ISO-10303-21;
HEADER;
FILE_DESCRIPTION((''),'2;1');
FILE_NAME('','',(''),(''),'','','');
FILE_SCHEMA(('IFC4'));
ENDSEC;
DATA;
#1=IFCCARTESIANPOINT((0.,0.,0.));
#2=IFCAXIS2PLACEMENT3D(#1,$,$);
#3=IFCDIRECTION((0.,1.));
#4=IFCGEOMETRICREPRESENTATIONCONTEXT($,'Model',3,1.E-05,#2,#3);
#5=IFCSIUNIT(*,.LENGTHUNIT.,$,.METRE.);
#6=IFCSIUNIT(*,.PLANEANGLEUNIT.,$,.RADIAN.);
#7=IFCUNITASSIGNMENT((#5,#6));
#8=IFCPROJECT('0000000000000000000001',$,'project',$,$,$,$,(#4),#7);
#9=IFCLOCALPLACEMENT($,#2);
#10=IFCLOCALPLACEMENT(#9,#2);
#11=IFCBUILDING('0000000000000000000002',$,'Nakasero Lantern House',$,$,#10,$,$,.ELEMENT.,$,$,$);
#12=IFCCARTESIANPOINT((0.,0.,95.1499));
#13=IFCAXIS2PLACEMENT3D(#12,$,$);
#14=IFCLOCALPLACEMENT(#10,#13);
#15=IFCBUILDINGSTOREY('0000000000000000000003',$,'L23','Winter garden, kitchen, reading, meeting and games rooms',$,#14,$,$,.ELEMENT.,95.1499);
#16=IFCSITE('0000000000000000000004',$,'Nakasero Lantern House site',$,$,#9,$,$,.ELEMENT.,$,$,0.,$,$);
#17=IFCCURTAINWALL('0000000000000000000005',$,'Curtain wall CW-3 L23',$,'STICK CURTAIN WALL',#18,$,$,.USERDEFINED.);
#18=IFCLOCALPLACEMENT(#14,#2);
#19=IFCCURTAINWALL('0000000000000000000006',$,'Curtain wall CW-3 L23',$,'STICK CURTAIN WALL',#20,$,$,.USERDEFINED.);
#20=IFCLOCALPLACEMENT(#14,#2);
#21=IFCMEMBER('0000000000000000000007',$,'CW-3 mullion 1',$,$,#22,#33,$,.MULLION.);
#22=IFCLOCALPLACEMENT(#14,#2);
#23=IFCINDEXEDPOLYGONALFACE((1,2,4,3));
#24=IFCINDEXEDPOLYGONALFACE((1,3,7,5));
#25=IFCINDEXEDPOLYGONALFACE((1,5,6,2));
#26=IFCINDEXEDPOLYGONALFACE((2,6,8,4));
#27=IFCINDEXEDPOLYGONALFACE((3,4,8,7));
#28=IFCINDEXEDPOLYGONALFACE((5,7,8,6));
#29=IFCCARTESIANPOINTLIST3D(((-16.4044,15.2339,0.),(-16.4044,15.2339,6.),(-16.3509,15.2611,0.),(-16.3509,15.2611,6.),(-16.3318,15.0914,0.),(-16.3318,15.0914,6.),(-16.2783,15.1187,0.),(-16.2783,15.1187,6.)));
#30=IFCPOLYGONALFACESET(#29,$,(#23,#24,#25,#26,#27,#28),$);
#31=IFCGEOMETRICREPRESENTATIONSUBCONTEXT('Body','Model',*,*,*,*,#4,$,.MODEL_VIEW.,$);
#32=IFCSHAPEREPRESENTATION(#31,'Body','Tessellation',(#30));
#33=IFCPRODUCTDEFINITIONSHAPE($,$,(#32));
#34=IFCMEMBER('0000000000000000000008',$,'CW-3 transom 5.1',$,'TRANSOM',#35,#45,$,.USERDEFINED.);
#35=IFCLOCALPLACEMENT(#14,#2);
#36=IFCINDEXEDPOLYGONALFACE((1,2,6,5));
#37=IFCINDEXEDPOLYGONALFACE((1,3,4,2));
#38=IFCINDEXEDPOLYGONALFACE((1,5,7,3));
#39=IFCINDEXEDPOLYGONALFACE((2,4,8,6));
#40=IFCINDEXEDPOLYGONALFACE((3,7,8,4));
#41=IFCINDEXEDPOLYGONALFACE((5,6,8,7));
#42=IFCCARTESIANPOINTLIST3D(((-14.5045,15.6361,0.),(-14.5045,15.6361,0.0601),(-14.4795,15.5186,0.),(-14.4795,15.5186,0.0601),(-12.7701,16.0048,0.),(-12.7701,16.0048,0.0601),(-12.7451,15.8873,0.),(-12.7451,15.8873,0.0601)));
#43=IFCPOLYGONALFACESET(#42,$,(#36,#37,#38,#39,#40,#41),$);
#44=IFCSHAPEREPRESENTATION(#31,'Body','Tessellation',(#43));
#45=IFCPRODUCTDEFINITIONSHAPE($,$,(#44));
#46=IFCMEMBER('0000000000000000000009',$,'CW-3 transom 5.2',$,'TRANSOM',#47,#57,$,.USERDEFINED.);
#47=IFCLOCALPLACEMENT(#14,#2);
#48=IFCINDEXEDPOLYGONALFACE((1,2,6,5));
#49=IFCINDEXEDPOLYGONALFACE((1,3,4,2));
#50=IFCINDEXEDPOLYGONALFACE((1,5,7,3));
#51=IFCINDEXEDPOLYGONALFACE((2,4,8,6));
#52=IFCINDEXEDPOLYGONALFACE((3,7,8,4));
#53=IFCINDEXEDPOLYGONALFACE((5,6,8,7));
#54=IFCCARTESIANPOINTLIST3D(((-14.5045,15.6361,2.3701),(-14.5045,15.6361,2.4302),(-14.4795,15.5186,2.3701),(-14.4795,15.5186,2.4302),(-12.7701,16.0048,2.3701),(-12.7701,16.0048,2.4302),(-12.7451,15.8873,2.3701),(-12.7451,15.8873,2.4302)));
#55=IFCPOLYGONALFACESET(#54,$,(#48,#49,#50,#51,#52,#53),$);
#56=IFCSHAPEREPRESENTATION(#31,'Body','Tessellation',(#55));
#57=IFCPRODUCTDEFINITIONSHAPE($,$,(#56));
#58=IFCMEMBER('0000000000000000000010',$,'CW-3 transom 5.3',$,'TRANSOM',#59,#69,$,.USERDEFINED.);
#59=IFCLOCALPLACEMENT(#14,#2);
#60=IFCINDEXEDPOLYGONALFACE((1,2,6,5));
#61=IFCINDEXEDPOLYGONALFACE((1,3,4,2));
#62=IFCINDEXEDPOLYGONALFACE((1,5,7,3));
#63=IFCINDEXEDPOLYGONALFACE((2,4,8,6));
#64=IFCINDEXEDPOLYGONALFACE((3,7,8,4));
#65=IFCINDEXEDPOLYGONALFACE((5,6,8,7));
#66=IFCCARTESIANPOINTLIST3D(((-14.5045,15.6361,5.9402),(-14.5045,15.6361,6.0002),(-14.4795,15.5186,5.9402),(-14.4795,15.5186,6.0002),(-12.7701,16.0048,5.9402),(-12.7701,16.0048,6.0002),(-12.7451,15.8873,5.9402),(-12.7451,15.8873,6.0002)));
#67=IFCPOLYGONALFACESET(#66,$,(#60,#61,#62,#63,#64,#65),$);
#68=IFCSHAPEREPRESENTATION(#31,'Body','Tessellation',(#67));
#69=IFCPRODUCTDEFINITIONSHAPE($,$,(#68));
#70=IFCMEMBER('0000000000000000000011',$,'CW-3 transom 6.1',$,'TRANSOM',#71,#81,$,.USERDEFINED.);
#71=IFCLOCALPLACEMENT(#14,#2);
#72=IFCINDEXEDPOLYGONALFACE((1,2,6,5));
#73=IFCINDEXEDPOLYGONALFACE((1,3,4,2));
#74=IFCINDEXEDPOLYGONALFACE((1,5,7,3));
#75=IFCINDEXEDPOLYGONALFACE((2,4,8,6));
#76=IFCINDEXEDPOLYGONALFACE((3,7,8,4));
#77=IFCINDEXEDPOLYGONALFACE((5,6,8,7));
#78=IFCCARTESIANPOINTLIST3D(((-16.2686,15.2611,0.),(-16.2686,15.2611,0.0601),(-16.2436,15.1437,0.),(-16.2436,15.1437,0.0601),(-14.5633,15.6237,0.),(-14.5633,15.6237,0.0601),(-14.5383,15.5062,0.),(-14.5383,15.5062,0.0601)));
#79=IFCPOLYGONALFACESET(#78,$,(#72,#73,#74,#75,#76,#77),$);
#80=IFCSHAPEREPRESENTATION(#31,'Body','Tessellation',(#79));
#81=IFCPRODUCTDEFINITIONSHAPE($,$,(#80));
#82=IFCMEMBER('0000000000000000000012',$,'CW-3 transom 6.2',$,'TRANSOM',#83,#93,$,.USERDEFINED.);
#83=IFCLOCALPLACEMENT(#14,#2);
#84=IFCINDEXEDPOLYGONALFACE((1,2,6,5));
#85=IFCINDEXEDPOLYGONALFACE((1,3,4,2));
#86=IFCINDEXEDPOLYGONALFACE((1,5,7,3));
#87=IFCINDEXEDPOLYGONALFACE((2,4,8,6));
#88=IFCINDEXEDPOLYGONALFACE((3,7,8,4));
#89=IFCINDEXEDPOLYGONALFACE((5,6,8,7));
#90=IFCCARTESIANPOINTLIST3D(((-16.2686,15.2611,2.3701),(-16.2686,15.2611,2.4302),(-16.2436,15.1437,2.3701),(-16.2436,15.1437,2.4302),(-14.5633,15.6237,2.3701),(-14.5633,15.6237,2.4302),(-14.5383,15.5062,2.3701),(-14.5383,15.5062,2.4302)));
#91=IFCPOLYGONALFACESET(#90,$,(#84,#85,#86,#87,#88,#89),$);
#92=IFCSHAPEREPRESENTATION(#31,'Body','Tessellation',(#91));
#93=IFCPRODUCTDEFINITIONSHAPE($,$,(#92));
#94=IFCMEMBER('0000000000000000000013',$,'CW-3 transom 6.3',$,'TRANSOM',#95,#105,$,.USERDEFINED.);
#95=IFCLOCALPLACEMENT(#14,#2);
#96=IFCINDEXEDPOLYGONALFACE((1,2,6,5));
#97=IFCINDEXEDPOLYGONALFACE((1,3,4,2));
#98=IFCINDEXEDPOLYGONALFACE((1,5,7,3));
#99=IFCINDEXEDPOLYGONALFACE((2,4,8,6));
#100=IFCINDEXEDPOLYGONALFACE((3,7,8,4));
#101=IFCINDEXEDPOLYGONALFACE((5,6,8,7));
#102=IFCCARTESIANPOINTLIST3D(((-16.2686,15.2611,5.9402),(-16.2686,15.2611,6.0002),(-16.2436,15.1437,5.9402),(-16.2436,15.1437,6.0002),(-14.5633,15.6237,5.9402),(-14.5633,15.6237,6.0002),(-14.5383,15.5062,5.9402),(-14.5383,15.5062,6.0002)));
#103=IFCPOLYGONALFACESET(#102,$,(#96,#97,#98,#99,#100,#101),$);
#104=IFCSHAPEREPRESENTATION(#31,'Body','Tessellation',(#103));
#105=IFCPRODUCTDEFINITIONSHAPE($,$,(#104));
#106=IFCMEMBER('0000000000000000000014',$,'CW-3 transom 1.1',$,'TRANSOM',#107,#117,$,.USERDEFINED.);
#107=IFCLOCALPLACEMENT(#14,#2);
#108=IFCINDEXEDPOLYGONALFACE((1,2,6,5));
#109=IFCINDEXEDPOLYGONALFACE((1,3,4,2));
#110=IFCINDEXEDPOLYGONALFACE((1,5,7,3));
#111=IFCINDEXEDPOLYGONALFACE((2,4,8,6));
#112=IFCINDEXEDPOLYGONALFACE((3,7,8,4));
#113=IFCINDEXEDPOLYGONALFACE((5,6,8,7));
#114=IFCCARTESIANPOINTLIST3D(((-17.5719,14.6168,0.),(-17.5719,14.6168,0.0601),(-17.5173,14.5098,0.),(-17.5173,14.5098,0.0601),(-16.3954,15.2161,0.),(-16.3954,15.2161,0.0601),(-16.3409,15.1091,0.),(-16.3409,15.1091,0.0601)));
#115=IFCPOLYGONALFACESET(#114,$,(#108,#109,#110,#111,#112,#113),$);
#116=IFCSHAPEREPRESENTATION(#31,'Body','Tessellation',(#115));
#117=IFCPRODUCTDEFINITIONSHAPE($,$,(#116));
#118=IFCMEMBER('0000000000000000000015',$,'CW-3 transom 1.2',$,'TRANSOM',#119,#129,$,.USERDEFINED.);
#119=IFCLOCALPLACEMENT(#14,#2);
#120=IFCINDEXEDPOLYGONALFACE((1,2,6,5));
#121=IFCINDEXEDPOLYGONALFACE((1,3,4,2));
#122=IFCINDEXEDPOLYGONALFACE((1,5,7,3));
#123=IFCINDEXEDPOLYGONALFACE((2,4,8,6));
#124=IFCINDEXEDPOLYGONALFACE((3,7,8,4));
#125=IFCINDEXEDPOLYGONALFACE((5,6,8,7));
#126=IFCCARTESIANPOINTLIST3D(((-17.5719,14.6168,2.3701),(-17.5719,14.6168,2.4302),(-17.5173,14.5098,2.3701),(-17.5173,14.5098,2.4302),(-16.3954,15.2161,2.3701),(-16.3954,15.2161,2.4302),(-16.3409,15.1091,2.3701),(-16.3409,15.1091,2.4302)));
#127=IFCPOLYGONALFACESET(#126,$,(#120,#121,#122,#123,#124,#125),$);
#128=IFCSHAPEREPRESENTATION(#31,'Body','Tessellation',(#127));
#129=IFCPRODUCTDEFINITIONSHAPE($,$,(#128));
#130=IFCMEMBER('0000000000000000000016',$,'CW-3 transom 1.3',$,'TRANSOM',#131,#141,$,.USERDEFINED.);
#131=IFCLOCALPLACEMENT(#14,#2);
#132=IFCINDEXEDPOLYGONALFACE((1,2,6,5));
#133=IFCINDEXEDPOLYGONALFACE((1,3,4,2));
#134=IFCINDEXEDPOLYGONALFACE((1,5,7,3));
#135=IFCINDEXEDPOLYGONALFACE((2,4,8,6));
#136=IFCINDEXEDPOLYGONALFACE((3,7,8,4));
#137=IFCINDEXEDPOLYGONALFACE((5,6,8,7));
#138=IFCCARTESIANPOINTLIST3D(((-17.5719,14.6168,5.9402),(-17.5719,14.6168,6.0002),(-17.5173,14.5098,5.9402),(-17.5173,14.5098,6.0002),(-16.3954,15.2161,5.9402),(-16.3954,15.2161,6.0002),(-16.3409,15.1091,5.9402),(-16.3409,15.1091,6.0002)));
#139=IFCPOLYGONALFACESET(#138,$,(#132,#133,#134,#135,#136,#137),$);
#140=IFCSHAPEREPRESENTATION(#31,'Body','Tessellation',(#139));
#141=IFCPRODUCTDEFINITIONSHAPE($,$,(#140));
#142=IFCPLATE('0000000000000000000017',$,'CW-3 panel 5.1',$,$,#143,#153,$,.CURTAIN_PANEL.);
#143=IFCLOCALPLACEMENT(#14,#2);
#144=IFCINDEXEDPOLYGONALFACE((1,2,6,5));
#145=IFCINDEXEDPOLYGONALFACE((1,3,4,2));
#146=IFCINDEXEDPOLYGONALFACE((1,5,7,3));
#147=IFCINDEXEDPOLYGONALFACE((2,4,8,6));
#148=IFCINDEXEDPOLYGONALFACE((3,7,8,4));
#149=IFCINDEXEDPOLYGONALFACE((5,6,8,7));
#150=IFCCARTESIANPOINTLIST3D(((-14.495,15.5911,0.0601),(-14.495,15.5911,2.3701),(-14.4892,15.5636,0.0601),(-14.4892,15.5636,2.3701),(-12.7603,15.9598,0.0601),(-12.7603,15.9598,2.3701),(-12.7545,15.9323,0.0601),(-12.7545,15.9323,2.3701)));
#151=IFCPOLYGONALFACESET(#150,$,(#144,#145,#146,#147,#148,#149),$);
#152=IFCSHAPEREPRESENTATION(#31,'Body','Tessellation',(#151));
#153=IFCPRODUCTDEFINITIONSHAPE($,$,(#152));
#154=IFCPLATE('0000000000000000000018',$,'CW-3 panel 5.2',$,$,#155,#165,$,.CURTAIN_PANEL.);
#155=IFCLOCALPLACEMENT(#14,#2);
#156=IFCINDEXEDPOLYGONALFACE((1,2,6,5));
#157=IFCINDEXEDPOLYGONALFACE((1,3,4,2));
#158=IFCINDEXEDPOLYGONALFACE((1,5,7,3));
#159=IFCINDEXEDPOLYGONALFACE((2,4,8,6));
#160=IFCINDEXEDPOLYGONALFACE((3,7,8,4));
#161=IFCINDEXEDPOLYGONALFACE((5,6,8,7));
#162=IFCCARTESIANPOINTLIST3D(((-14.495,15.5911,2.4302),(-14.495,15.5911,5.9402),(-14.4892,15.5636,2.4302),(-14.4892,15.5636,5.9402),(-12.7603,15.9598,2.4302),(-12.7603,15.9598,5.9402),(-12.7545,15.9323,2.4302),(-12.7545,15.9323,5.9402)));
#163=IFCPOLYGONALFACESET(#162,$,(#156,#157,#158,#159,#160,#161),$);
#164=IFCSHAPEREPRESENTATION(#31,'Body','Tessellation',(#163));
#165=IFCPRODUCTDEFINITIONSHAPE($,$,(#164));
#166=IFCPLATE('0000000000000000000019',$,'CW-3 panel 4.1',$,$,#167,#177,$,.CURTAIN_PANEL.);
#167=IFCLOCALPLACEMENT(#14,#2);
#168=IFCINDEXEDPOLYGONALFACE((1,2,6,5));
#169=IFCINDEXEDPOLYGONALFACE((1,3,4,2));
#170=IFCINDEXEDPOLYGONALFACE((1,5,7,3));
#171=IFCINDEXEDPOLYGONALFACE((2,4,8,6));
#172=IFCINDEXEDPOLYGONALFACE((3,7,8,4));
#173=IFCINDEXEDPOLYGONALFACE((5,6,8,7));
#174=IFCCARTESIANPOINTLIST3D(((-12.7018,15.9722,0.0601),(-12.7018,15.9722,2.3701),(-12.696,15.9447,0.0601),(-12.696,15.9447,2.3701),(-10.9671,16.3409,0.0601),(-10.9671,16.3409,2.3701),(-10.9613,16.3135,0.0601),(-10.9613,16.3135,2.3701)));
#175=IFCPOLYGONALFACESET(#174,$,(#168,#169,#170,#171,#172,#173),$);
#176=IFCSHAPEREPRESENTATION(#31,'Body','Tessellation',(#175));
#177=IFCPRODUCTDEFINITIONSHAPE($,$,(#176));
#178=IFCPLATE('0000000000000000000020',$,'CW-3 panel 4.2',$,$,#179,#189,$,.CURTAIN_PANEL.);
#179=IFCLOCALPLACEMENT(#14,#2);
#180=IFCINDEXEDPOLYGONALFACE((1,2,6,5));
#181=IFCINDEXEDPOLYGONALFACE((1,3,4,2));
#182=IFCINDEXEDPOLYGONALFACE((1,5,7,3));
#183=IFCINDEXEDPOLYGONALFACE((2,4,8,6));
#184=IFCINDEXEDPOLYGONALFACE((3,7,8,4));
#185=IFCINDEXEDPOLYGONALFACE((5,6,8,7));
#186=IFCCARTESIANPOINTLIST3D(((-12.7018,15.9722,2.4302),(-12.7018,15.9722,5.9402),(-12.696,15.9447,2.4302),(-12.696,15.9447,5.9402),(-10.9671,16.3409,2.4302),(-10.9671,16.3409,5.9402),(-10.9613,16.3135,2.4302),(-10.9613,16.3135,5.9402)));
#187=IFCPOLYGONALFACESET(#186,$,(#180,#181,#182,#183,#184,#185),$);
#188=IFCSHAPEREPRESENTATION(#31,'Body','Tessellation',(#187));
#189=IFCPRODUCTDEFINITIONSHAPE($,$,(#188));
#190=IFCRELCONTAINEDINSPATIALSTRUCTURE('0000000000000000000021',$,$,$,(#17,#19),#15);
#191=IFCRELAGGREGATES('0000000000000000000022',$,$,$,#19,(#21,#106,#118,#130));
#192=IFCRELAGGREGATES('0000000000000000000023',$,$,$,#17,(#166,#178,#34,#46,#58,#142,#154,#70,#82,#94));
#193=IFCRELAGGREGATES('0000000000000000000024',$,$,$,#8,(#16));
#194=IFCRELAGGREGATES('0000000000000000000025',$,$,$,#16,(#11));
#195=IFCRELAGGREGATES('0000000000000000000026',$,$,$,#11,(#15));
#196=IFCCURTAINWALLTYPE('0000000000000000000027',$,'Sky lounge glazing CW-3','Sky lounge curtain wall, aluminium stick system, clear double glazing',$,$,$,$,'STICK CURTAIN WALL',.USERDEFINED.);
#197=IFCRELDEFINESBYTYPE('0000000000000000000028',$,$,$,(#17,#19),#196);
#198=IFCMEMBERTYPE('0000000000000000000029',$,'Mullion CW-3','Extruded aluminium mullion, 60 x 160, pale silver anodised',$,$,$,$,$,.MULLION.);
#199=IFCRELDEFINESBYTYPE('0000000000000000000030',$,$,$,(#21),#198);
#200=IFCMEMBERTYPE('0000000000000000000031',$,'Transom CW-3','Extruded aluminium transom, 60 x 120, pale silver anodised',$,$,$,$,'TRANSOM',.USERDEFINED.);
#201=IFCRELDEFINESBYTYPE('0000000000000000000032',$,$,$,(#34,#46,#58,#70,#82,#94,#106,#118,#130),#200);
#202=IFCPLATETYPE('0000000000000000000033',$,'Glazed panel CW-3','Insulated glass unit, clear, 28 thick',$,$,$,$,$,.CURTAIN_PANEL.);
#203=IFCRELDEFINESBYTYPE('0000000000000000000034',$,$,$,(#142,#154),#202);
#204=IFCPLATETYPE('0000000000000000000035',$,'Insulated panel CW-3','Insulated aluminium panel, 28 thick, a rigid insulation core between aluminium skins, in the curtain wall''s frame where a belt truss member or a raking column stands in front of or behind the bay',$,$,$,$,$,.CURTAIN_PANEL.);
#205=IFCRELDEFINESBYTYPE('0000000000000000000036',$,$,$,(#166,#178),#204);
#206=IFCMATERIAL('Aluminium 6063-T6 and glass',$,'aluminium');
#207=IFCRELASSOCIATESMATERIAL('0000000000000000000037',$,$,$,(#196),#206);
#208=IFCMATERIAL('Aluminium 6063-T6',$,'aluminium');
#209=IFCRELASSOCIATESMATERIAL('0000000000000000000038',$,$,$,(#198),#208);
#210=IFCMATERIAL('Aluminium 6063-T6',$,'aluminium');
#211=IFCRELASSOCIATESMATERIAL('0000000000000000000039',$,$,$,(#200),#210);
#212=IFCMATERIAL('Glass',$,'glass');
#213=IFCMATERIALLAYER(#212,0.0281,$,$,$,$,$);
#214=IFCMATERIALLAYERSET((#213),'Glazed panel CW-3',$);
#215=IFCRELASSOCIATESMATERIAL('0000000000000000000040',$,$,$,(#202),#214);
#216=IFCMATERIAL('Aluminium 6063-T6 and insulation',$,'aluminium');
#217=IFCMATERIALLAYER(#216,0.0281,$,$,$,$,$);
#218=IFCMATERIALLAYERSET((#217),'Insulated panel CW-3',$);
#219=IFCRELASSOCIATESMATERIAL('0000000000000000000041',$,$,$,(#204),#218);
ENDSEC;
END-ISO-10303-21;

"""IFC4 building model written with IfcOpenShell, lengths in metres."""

from ifc_helpers import new_model, si_unit, direction, frame, origin, origin_2d, place, context, subcontext, project, spatial, rectangle, extrude, material, layer, layer_set, material_profile, profile_set, type_object, element, aggregate, save


model = new_model("IFC4")

# Units and contexts
model_context = context("Model", 3, precision=1e-05, world=origin(), true_north=direction((0.0, 1.0)))
body_context = subcontext(model_context, "Body", "Model", "MODEL_VIEW")
ifc_project = project(units=[si_unit("LENGTHUNIT", "METRE"), si_unit("PLANEANGLEUNIT", "RADIAN")], contexts=[model_context])

# Site, building, storey
site_placement = place(None, origin())
site = spatial("IfcSite", under=ifc_project, at=site_placement, Name="Nakasero Lantern House site", CompositionType="ELEMENT", RefElevation=0.0)
building_placement = place(site_placement, origin())
building = spatial("IfcBuilding", under=site, at=building_placement, Name="Nakasero Lantern House", CompositionType="ELEMENT")
storey_placement = place(building_placement, frame((0.0, 0.0, 95.1499)))
storey = spatial("IfcBuildingStorey", under=building, at=storey_placement, Name="L23", Description="Winter garden, kitchen, reading, meeting and games rooms", CompositionType="ELEMENT", Elevation=95.1499)

# Curtain wall
ifc_material_1 = material(Name="Aluminium 6063-T6 and glass", Category="aluminium")
curtain_wall_type = type_object("IfcCurtainWallType", Name="Sky lounge glazing CW-3", Description="Sky lounge curtain wall, aluminium stick system, clear double glazing", ElementType="STICK CURTAIN WALL", PredefinedType="USERDEFINED", material=ifc_material_1)
curtain_wall_1_placement = place(storey_placement, origin())
curtain_wall_1 = element("IfcCurtainWall", 1, at=curtain_wall_1_placement, inside=storey, type_object=curtain_wall_type, Name="Curtain wall CW-3 L23", ObjectType="STICK CURTAIN WALL", PredefinedType="USERDEFINED")
ifc_material_2 = material(Name="Aluminium 6063-T6", Category="aluminium")
ifc_material_profile_1 = material_profile(ifc_material_2, rectangle(XDim=0.0601, YDim=0.1599, at=origin_2d()), Name="CW-3 mullion 60x160")
ifc_profile_set_1 = profile_set([ifc_material_profile_1], Name="Aluminium 6063-T6")
member_type_1 = type_object("IfcMemberType", Name="Mullion CW-3", Description="Extruded aluminium mullion, 60 x 160, pale silver anodised", PredefinedType="MULLION", material=ifc_profile_set_1)

# Curtain wall, member
curtain_wall_2_placement = place(storey_placement, origin())
curtain_wall_2 = element("IfcCurtainWall", 2, at=curtain_wall_2_placement, inside=storey, type_object=curtain_wall_type, Name="Curtain wall CW-3 L23", ObjectType="STICK CURTAIN WALL", PredefinedType="USERDEFINED")
member_1_placement = place(storey_placement, frame((-16.3413, 15.1763, 0.0), z_axis=(0.0, 0.0, 1.0), x_axis=(-0.891007, -0.45399, 0.0)))
member_1 = element("IfcMember", 3, at=member_1_placement, type_object=member_type_1, Name="CW-3 mullion 1", PredefinedType="MULLION", context=body_context, shape_type="SweptSolid", body=[
    extrude(rectangle(XDim=0.0601, YDim=0.1599, at=origin_2d()), origin(), (0.0, 0.0, 1.0), 6.0),
])

# Members
ifc_material_3 = material(Name="Aluminium 6063-T6", Category="aluminium")
ifc_material_profile_2 = material_profile(ifc_material_3, rectangle(XDim=0.0601, YDim=0.1201, at=origin_2d()), Name="CW-3 transom 60x120")
ifc_profile_set_2 = profile_set([ifc_material_profile_2], Name="Aluminium 6063-T6")
member_type_2 = type_object("IfcMemberType", Name="Transom CW-3", Description="Extruded aluminium transom, 60 x 120, pale silver anodised", ElementType="TRANSOM", PredefinedType="USERDEFINED", material=ifc_profile_set_2)
member_2_placement = place(storey_placement, frame((-12.7576, 15.946, 0.03), z_axis=(-0.978148, -0.207911, 0.0), x_axis=(0.0, 0.0, 1.0)))
member_2 = element("IfcMember", 4, at=member_2_placement, type_object=member_type_2, Name="CW-3 transom 5.1", ObjectType="TRANSOM", PredefinedType="USERDEFINED", context=body_context, shape_type="SweptSolid", body=[
    extrude(rectangle(XDim=0.0601, YDim=0.1201, at=origin_2d()), origin(), (0.0, 0.0, 1.0), 1.7732),
])
member_3_placement = place(storey_placement, frame((-12.7576, 15.946, 2.4001), z_axis=(-0.978148, -0.207911, 0.0), x_axis=(0.0, 0.0, 1.0)))
member_3 = element("IfcMember", 5, at=member_3_placement, type_object=member_type_2, Name="CW-3 transom 5.2", ObjectType="TRANSOM", PredefinedType="USERDEFINED", context=body_context, shape_type="SweptSolid", body=[
    extrude(rectangle(XDim=0.0601, YDim=0.1201, at=origin_2d()), origin(), (0.0, 0.0, 1.0), 1.7732),
])
member_4_placement = place(storey_placement, frame((-12.7576, 15.946, 5.9702), z_axis=(-0.978148, -0.207911, 0.0), x_axis=(0.0, 0.0, 1.0)))
member_4 = element("IfcMember", 6, at=member_4_placement, type_object=member_type_2, Name="CW-3 transom 5.3", ObjectType="TRANSOM", PredefinedType="USERDEFINED", context=body_context, shape_type="SweptSolid", body=[
    extrude(rectangle(XDim=0.0601, YDim=0.1201, at=origin_2d()), origin(), (0.0, 0.0, 1.0), 1.7732),
])
member_5_placement = place(storey_placement, frame((-14.5508, 15.5649, 0.03), z_axis=(-0.978139, -0.207951, 0.0), x_axis=(0.0, 0.0, 1.0)))
member_5 = element("IfcMember", 7, at=member_5_placement, type_object=member_type_2, Name="CW-3 transom 6.1", ObjectType="TRANSOM", PredefinedType="USERDEFINED", context=body_context, shape_type="SweptSolid", body=[
    extrude(rectangle(XDim=0.0601, YDim=0.1201, at=origin_2d()), origin(), (0.0, 0.0, 1.0), 1.7434),
])
member_6_placement = place(storey_placement, frame((-14.5508, 15.5649, 2.4001), z_axis=(-0.978139, -0.207951, 0.0), x_axis=(0.0, 0.0, 1.0)))
member_6 = element("IfcMember", 8, at=member_6_placement, type_object=member_type_2, Name="CW-3 transom 6.2", ObjectType="TRANSOM", PredefinedType="USERDEFINED", context=body_context, shape_type="SweptSolid", body=[
    extrude(rectangle(XDim=0.0601, YDim=0.1201, at=origin_2d()), origin(), (0.0, 0.0, 1.0), 1.7434),
])
member_7_placement = place(storey_placement, frame((-14.5508, 15.5649, 5.9702), z_axis=(-0.978139, -0.207951, 0.0), x_axis=(0.0, 0.0, 1.0)))
member_7 = element("IfcMember", 9, at=member_7_placement, type_object=member_type_2, Name="CW-3 transom 6.3", ObjectType="TRANSOM", PredefinedType="USERDEFINED", context=body_context, shape_type="SweptSolid", body=[
    extrude(rectangle(XDim=0.0601, YDim=0.1201, at=origin_2d()), origin(), (0.0, 0.0, 1.0), 1.7434),
])
member_8_placement = place(storey_placement, frame((-16.3682, 15.1626, 0.03), z_axis=(-0.891037, -0.453931, 0.0), x_axis=(0.0, 0.0, 1.0)))
member_8 = element("IfcMember", 10, at=member_8_placement, type_object=member_type_2, Name="CW-3 transom 1.1", ObjectType="TRANSOM", PredefinedType="USERDEFINED", context=body_context, shape_type="SweptSolid", body=[
    extrude(rectangle(XDim=0.0601, YDim=0.1201, at=origin_2d()), origin(), (0.0, 0.0, 1.0), 1.3203),
])
member_9_placement = place(storey_placement, frame((-16.3682, 15.1626, 2.4001), z_axis=(-0.891037, -0.453931, 0.0), x_axis=(0.0, 0.0, 1.0)))
member_9 = element("IfcMember", 11, at=member_9_placement, type_object=member_type_2, Name="CW-3 transom 1.2", ObjectType="TRANSOM", PredefinedType="USERDEFINED", context=body_context, shape_type="SweptSolid", body=[
    extrude(rectangle(XDim=0.0601, YDim=0.1201, at=origin_2d()), origin(), (0.0, 0.0, 1.0), 1.3203),
])
member_10_placement = place(storey_placement, frame((-16.3682, 15.1626, 5.9702), z_axis=(-0.891037, -0.453931, 0.0), x_axis=(0.0, 0.0, 1.0)))
member_10 = element("IfcMember", 12, at=member_10_placement, type_object=member_type_2, Name="CW-3 transom 1.3", ObjectType="TRANSOM", PredefinedType="USERDEFINED", context=body_context, shape_type="SweptSolid", body=[
    extrude(rectangle(XDim=0.0601, YDim=0.1201, at=origin_2d()), origin(), (0.0, 0.0, 1.0), 1.3203),
])
aggregate(curtain_wall_2, [member_1, member_8, member_9, member_10])

# Plates
ifc_material_4 = material(Name="Glass", Category="glass")
ifc_layer_1 = layer(ifc_material_4, 0.0281)
ifc_layer_set_1 = layer_set([ifc_layer_1], Name="Glazed panel CW-3")
plate_type_1 = type_object("IfcPlateType", Name="Glazed panel CW-3", Description="Insulated glass unit, clear, 28 thick", PredefinedType="CURTAIN_PANEL", material=ifc_layer_set_1)
plate_1_placement = place(storey_placement, frame((-13.6248, 15.7617, 0.0601), z_axis=(0.0, 0.0, 1.0), x_axis=(-0.978148, -0.207912, 0.0)))
plate_1 = element("IfcPlate", 13, at=plate_1_placement, type_object=plate_type_1, Name="CW-3 panel 5.1", PredefinedType="CURTAIN_PANEL", context=body_context, shape_type="SweptSolid", body=[
    extrude(rectangle(XDim=1.7734, YDim=0.0281, at=origin_2d()), origin(), (0.0, 0.0, 1.0), 2.3101),
])
plate_2_placement = place(storey_placement, frame((-13.6248, 15.7617, 2.4302), z_axis=(0.0, 0.0, 1.0), x_axis=(-0.978148, -0.207912, 0.0)))
plate_2 = element("IfcPlate", 14, at=plate_2_placement, type_object=plate_type_1, Name="CW-3 panel 5.2", PredefinedType="CURTAIN_PANEL", context=body_context, shape_type="SweptSolid", body=[
    extrude(rectangle(XDim=1.7734, YDim=0.0281, at=origin_2d()), origin(), (0.0, 0.0, 1.0), 3.51),
])
ifc_material_5 = material(Name="Aluminium 6063-T6 and insulation", Category="aluminium")
ifc_layer_2 = layer(ifc_material_5, 0.0281)
ifc_layer_set_2 = layer_set([ifc_layer_2], Name="Insulated panel CW-3")
plate_type_2 = type_object("IfcPlateType", Name="Insulated panel CW-3", Description="Insulated aluminium panel, 28 thick, a rigid insulation core between aluminium skins, in the curtain wall's frame where a belt truss member or a raking column stands in front of or behind the bay", PredefinedType="CURTAIN_PANEL", material=ifc_layer_set_2)
plate_3_placement = place(storey_placement, frame((-11.8315, 16.1428, 0.0601), z_axis=(0.0, 0.0, 1.0), x_axis=(-0.978148, -0.207912, 0.0)))
plate_3 = element("IfcPlate", 15, at=plate_3_placement, type_object=plate_type_2, Name="CW-3 panel 4.1", PredefinedType="CURTAIN_PANEL", context=body_context, shape_type="SweptSolid", body=[
    extrude(rectangle(XDim=1.7734, YDim=0.0281, at=origin_2d()), origin(), (0.0, 0.0, 1.0), 2.3101),
])
plate_4_placement = place(storey_placement, frame((-11.8315, 16.1428, 2.4302), z_axis=(0.0, 0.0, 1.0), x_axis=(-0.978148, -0.207912, 0.0)))
plate_4 = element("IfcPlate", 16, at=plate_4_placement, type_object=plate_type_2, Name="CW-3 panel 4.2", PredefinedType="CURTAIN_PANEL", context=body_context, shape_type="SweptSolid", body=[
    extrude(rectangle(XDim=1.7734, YDim=0.0281, at=origin_2d()), origin(), (0.0, 0.0, 1.0), 3.51),
])
aggregate(curtain_wall_1, [plate_3, plate_4, member_2, member_3, member_4, plate_1, plate_2, member_5, member_6, member_7])

save(model, "model.ifc")
